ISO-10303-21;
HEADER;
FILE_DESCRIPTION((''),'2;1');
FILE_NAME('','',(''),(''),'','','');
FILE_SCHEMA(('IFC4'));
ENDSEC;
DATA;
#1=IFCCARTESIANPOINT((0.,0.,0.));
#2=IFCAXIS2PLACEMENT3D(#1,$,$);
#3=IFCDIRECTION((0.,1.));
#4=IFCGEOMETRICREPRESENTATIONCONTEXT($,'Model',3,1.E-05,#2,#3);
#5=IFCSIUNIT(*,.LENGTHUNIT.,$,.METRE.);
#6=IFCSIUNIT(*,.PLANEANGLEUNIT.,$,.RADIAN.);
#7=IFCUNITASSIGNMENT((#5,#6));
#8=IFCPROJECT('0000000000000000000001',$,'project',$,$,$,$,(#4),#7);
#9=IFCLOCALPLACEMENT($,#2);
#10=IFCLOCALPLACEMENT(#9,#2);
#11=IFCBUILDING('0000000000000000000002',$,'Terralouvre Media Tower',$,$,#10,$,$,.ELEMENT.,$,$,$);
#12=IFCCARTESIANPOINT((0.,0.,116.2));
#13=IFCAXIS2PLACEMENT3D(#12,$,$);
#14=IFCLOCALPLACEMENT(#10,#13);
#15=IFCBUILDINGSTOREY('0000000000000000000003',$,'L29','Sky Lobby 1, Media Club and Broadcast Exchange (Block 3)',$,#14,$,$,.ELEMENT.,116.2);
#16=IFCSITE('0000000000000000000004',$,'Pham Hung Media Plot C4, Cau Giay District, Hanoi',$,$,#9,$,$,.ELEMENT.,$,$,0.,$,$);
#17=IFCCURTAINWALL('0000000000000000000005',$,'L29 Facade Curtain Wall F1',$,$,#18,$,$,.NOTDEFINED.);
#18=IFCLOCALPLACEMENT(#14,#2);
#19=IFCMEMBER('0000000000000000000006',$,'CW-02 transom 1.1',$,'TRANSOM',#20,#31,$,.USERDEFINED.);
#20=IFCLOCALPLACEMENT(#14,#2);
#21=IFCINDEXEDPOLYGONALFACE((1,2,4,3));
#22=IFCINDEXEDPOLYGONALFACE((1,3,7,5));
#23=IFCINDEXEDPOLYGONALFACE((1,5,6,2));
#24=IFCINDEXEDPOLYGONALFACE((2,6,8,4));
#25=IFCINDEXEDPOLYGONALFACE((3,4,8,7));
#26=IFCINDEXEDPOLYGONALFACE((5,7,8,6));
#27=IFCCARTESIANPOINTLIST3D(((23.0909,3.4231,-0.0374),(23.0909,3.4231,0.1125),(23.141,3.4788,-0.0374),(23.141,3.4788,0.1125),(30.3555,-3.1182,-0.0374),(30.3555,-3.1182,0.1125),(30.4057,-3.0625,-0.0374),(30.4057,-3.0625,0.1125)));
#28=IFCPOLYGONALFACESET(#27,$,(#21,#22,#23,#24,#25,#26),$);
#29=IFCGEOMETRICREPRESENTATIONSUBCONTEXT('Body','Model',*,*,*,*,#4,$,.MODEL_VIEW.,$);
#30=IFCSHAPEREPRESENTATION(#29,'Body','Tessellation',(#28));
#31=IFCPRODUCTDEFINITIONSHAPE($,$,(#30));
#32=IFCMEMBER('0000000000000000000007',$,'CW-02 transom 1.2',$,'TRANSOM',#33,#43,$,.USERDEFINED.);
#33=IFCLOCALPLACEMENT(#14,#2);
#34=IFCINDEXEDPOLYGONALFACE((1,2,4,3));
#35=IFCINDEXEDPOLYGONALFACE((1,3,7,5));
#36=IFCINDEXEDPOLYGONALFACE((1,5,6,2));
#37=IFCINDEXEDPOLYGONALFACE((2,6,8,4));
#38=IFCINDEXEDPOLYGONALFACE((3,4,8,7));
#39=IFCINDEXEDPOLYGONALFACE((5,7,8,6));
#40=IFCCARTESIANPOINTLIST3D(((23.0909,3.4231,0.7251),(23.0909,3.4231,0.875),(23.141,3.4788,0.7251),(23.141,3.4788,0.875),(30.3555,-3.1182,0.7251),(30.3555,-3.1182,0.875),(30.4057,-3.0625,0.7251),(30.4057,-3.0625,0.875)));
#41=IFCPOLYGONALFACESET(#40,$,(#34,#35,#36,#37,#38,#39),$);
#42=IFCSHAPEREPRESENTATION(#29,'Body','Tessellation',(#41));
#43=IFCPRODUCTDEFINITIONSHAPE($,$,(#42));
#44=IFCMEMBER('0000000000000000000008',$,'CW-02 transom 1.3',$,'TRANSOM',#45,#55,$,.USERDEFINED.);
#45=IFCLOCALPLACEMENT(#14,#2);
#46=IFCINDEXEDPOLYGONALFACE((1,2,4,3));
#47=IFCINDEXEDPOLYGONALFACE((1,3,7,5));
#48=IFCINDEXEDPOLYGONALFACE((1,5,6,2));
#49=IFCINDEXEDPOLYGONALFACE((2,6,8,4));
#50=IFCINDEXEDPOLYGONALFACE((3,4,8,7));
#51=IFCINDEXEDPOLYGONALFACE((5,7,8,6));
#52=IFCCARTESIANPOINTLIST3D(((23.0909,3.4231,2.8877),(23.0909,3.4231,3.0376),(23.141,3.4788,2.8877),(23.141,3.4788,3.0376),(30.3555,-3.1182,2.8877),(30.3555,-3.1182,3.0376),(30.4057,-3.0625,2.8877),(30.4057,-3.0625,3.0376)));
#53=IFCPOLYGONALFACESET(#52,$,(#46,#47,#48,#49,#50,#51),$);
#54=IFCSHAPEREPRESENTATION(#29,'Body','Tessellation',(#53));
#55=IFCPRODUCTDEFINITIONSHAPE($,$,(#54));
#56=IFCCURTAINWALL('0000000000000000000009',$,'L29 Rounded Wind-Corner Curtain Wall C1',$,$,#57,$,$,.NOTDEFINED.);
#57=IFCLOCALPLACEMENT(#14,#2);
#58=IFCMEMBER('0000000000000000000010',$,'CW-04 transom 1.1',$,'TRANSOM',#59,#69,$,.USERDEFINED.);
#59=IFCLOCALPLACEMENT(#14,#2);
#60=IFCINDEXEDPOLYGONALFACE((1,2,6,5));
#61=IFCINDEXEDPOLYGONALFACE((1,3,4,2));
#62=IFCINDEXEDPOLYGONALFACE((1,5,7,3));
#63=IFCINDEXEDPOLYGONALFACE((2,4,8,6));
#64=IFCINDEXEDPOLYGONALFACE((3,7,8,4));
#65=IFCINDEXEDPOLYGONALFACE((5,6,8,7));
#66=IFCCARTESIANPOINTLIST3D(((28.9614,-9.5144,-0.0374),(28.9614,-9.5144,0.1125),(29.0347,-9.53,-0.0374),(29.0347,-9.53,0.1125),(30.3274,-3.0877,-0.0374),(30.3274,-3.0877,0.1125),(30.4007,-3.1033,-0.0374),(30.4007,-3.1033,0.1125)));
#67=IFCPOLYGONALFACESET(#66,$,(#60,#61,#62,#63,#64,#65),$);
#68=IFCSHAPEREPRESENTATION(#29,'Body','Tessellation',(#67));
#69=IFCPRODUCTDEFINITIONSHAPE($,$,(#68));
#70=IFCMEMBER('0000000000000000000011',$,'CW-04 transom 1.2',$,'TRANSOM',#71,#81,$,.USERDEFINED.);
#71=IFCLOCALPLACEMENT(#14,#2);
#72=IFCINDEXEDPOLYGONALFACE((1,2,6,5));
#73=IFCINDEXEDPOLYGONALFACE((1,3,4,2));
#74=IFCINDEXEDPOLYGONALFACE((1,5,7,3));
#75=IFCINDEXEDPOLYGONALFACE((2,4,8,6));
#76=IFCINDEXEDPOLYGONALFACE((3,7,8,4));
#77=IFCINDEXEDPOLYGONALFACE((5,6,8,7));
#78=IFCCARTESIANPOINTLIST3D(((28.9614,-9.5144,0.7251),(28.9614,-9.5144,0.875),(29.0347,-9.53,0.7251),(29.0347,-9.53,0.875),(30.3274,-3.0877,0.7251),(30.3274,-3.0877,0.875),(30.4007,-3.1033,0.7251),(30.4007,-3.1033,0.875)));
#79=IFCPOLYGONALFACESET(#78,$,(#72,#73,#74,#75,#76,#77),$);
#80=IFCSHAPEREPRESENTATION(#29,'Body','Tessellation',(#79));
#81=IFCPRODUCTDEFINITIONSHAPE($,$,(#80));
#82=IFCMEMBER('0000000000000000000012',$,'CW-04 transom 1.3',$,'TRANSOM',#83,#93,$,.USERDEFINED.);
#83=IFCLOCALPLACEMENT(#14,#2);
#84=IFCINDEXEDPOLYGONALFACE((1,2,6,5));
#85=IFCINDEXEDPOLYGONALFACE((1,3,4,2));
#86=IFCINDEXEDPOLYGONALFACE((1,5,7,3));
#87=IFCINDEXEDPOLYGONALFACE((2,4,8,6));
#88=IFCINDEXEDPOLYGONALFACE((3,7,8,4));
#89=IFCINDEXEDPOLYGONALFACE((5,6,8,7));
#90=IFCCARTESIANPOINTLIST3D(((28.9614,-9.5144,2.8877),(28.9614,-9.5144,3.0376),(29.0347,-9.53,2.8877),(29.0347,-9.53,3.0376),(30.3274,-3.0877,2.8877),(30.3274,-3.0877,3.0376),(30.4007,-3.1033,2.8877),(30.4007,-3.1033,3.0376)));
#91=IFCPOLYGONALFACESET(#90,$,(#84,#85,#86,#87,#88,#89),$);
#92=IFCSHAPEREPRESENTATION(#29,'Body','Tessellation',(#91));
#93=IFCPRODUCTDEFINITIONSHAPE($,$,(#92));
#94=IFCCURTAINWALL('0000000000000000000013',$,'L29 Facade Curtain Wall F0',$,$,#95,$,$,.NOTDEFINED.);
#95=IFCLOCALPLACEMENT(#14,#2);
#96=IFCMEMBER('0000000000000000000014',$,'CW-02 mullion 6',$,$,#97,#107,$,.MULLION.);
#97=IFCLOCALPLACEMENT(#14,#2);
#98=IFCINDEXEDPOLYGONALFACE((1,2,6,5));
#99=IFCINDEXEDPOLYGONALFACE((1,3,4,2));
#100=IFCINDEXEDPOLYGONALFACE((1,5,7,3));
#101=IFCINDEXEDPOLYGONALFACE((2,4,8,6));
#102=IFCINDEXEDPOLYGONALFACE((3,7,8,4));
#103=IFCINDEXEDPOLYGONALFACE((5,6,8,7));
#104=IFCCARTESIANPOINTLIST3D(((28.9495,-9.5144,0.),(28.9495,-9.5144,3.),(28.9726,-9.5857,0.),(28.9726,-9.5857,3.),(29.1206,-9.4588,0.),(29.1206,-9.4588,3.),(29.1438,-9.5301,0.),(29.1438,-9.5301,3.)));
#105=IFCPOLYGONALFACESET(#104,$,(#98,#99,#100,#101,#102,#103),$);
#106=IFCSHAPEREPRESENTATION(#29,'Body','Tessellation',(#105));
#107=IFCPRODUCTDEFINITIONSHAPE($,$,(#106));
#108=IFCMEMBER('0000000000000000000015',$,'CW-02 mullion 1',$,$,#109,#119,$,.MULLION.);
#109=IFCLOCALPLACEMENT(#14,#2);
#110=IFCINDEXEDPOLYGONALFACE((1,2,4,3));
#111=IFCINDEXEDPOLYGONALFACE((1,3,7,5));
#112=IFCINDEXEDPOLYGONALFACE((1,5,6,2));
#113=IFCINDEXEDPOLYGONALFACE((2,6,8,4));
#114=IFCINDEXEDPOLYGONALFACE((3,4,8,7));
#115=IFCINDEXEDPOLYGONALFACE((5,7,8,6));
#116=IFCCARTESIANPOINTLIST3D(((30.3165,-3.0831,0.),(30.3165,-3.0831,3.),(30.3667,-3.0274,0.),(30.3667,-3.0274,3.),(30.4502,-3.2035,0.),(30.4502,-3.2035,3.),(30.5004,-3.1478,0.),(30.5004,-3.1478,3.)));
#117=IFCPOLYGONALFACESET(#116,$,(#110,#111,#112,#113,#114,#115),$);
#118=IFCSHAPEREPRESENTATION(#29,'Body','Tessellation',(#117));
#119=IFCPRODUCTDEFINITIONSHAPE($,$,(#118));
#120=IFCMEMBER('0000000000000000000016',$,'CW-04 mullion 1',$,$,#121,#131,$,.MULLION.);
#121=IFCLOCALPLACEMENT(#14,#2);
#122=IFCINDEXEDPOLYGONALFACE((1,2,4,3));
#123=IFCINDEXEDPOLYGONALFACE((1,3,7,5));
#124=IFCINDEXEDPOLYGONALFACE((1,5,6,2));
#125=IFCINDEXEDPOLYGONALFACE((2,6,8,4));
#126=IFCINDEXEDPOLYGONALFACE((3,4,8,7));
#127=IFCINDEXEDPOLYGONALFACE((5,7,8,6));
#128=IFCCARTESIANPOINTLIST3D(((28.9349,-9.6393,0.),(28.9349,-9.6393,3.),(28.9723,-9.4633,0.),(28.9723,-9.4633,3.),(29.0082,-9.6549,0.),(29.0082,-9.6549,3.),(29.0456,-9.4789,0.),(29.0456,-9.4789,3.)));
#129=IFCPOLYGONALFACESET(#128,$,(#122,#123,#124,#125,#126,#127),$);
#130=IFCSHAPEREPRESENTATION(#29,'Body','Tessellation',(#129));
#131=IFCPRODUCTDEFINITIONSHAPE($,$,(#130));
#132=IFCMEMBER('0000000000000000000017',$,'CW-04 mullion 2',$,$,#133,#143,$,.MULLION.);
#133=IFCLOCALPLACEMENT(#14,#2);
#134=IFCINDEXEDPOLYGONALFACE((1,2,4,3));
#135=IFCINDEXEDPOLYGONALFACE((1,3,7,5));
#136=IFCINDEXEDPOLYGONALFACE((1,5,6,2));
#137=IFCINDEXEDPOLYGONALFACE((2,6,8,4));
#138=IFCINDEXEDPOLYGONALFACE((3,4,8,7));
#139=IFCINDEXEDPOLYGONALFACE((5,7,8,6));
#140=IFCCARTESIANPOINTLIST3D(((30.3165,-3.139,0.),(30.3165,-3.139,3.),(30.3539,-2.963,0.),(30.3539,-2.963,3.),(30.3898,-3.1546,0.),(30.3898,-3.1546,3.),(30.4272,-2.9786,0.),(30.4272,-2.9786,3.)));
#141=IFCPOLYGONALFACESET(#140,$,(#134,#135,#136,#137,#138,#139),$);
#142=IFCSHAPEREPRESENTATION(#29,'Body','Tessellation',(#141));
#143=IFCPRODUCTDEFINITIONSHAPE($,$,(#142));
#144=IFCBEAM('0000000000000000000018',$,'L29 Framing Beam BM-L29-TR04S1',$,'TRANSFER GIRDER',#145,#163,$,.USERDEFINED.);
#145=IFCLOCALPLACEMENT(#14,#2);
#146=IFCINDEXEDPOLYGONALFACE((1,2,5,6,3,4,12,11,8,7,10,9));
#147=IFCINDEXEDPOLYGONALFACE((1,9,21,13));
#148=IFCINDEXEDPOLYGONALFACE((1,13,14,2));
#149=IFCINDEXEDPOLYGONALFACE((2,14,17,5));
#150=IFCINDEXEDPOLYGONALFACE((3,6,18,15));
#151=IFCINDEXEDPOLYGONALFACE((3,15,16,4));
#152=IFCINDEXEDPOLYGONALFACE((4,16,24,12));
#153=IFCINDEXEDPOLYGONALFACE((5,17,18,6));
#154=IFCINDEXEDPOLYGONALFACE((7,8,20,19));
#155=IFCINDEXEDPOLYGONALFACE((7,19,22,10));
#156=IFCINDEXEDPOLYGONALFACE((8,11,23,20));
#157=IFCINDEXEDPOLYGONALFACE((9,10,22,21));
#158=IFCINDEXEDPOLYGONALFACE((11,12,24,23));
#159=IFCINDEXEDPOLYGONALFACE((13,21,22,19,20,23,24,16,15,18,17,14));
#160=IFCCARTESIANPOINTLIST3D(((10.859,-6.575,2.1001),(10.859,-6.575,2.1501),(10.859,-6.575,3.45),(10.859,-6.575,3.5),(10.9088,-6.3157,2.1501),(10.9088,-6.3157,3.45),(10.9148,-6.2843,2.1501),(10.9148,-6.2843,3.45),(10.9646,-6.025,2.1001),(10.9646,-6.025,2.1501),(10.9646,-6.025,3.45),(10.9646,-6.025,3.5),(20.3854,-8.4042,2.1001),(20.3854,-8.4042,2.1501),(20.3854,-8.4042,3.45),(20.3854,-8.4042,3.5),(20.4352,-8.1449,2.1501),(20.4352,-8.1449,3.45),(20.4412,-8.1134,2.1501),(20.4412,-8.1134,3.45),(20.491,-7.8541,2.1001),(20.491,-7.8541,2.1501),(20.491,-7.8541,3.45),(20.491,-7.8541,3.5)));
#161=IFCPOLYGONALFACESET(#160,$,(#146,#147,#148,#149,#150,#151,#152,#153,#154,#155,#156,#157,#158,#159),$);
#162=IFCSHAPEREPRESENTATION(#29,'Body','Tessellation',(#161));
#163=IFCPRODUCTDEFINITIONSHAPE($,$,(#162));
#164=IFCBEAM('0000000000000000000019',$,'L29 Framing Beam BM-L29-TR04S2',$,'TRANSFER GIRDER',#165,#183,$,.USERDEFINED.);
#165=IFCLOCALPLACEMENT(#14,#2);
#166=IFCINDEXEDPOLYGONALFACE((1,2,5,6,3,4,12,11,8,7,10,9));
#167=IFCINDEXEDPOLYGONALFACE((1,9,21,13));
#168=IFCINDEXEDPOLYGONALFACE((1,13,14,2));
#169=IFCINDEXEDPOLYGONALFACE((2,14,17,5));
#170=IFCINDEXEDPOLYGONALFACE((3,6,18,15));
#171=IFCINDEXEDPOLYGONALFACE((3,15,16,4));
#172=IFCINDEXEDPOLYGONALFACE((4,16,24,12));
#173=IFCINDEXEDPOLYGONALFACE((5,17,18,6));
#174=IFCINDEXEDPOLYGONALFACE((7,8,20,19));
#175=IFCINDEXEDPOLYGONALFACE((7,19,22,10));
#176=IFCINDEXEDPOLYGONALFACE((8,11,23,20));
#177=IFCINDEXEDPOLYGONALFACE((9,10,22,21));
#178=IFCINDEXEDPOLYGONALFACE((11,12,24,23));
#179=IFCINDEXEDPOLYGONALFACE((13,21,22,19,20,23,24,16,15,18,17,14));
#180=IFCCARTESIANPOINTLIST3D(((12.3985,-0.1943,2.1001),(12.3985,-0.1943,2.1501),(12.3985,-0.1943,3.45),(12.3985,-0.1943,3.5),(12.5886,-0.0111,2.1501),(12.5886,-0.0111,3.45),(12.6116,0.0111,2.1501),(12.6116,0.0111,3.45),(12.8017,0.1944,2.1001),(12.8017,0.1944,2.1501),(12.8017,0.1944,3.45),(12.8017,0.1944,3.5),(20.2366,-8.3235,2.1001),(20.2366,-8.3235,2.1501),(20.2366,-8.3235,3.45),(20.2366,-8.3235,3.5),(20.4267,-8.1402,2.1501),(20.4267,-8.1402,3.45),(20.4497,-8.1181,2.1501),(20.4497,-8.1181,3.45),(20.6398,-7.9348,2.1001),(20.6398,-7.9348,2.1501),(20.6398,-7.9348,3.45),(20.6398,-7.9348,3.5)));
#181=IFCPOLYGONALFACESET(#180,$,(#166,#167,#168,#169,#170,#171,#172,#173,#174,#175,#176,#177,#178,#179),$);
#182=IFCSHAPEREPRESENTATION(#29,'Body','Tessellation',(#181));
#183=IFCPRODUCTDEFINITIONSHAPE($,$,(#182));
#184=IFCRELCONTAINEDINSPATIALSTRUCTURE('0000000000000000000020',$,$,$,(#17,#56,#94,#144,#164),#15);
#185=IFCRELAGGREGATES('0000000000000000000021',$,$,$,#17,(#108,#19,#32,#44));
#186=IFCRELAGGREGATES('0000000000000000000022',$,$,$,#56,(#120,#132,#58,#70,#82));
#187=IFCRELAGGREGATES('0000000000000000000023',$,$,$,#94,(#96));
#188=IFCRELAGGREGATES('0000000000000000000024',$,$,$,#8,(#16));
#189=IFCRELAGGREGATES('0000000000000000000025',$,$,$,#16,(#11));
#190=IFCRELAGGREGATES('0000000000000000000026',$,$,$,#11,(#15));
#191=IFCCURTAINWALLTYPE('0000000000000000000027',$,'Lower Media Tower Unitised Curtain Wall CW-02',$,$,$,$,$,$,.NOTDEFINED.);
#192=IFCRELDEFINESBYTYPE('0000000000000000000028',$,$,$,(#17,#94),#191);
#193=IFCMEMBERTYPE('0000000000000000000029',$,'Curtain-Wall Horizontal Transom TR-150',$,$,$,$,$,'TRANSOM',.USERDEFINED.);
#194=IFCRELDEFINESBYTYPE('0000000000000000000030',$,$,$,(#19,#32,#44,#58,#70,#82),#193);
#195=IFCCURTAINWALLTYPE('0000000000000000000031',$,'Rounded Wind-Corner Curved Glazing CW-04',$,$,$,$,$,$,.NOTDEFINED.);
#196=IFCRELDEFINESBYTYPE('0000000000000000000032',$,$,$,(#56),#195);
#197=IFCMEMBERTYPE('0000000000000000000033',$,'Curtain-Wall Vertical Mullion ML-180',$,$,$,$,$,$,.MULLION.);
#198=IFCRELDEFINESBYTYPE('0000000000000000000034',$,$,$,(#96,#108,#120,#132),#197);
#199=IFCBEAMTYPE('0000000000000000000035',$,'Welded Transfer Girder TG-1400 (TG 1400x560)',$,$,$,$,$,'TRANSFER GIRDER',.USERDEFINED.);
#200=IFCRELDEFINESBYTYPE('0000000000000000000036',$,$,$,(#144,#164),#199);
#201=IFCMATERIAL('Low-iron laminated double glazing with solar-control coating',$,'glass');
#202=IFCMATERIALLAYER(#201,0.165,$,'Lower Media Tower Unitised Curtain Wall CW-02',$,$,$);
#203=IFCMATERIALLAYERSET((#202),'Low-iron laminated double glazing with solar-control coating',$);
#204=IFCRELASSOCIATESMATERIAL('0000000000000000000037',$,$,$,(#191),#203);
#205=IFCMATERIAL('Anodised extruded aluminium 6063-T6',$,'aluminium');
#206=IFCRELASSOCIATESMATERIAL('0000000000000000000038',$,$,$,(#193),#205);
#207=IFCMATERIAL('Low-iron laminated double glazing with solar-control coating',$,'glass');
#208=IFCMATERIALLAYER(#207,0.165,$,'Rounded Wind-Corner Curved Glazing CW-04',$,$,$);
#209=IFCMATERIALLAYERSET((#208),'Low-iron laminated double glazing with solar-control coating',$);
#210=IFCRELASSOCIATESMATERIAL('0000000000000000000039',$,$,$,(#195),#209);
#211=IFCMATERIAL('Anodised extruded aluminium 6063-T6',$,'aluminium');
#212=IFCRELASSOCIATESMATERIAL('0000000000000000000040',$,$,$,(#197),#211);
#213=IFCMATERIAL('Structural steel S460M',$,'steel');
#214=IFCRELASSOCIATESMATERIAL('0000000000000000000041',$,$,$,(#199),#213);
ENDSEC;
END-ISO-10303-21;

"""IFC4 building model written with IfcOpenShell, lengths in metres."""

from ifc_helpers import new_model, si_unit, direction, frame, origin, origin_2d, place, context, subcontext, project, spatial, rectangle, i_section, extrude, material, layer, layer_set, material_profile, profile_set, type_object, element, aggregate, save


model = new_model("IFC4")

# Units and contexts
model_context = context("Model", 3, precision=1e-05, world=origin(), true_north=direction((0.0, 1.0)))
body_context = subcontext(model_context, "Body", "Model", "MODEL_VIEW")
ifc_project = project(units=[si_unit("LENGTHUNIT", "METRE"), si_unit("PLANEANGLEUNIT", "RADIAN")], contexts=[model_context])

# Site, building, storey
site_placement = place(None, origin())
site = spatial("IfcSite", under=ifc_project, at=site_placement, Name="Pham Hung Media Plot C4, Cau Giay District, Hanoi", CompositionType="ELEMENT", RefElevation=0.0)
building_placement = place(site_placement, origin())
building = spatial("IfcBuilding", under=site, at=building_placement, Name="Terralouvre Media Tower", CompositionType="ELEMENT")
storey_placement = place(building_placement, frame((0.0, 0.0, 116.2)))
storey = spatial("IfcBuildingStorey", under=building, at=storey_placement, Name="L29", Description="Sky Lobby 1, Media Club and Broadcast Exchange (Block 3)", CompositionType="ELEMENT", Elevation=116.2)

# Curtain walls, members
ifc_material_1 = material(Name="Low-iron laminated double glazing with solar-control coating", Category="glass")
ifc_layer_1 = layer(ifc_material_1, 0.165, Name="Lower Media Tower Unitised Curtain Wall CW-02")
ifc_layer_set_1 = layer_set([ifc_layer_1], Name="Low-iron laminated double glazing with solar-control coating")
curtain_wall_type_1 = type_object("IfcCurtainWallType", Name="Lower Media Tower Unitised Curtain Wall CW-02", PredefinedType="NOTDEFINED", material=ifc_layer_set_1)
curtain_wall_1_placement = place(storey_placement, origin())
curtain_wall_1 = element("IfcCurtainWall", 1, at=curtain_wall_1_placement, inside=storey, type_object=curtain_wall_type_1, Name="L29 Facade Curtain Wall F1", PredefinedType="NOTDEFINED")
ifc_material_2 = material(Name="Anodised extruded aluminium 6063-T6", Category="aluminium")
ifc_material_profile_1 = material_profile(ifc_material_2, rectangle(XDim=0.075, YDim=0.1499, at=origin_2d()), Name="ALU 75x150")
ifc_profile_set_1 = profile_set([ifc_material_profile_1], Name="Anodised extruded aluminium 6063-T6")
member_type_1 = type_object("IfcMemberType", Name="Curtain-Wall Horizontal Transom TR-150", ElementType="TRANSOM", PredefinedType="USERDEFINED", material=ifc_profile_set_1)
member_1_placement = place(storey_placement, frame((30.3806, -3.0903, 0.0376), z_axis=(-0.743138, 0.669139, 0.0), x_axis=(-0.669139, -0.743138, 0.0)))
member_1 = element("IfcMember", 2, at=member_1_placement, type_object=member_type_1, Name="CW-02 transom 1.1", ObjectType="TRANSOM", PredefinedType="USERDEFINED", context=body_context, shape_type="SweptSolid", body=[
    extrude(rectangle(XDim=0.075, YDim=0.1499, at=origin_2d()), origin(), (0.0, 0.0, 1.0), 9.7756),
])
member_2_placement = place(storey_placement, frame((30.3806, -3.0903, 0.8), z_axis=(-0.743138, 0.669139, 0.0), x_axis=(-0.669139, -0.743138, 0.0)))
member_2 = element("IfcMember", 3, at=member_2_placement, type_object=member_type_1, Name="CW-02 transom 1.2", ObjectType="TRANSOM", PredefinedType="USERDEFINED", context=body_context, shape_type="SweptSolid", body=[
    extrude(rectangle(XDim=0.075, YDim=0.1499, at=origin_2d()), origin(), (0.0, 0.0, 1.0), 9.7756),
])
member_3_placement = place(storey_placement, frame((30.3806, -3.0903, 2.9626), z_axis=(-0.743138, 0.669139, 0.0), x_axis=(-0.669139, -0.743138, 0.0)))
member_3 = element("IfcMember", 4, at=member_3_placement, type_object=member_type_1, Name="CW-02 transom 1.3", ObjectType="TRANSOM", PredefinedType="USERDEFINED", context=body_context, shape_type="SweptSolid", body=[
    extrude(rectangle(XDim=0.075, YDim=0.1499, at=origin_2d()), origin(), (0.0, 0.0, 1.0), 9.7756),
])
ifc_material_3 = material(Name="Low-iron laminated double glazing with solar-control coating", Category="glass")
ifc_layer_2 = layer(ifc_material_3, 0.165, Name="Rounded Wind-Corner Curved Glazing CW-04")
ifc_layer_set_2 = layer_set([ifc_layer_2], Name="Low-iron laminated double glazing with solar-control coating")
curtain_wall_type_2 = type_object("IfcCurtainWallType", Name="Rounded Wind-Corner Curved Glazing CW-04", PredefinedType="NOTDEFINED", material=ifc_layer_set_2)
curtain_wall_2_placement = place(storey_placement, origin())
curtain_wall_2 = element("IfcCurtainWall", 5, at=curtain_wall_2_placement, inside=storey, type_object=curtain_wall_type_2, Name="L29 Rounded Wind-Corner Curtain Wall C1", PredefinedType="NOTDEFINED")
member_4_placement = place(storey_placement, frame((28.998, -9.5222, 0.0376), z_axis=(0.2079, 0.97815, 0.0), x_axis=(-0.97815, 0.2079, 0.0)))
member_4 = element("IfcMember", 6, at=member_4_placement, type_object=member_type_1, Name="CW-04 transom 1.1", ObjectType="TRANSOM", PredefinedType="USERDEFINED", context=body_context, shape_type="SweptSolid", body=[
    extrude(rectangle(XDim=0.075, YDim=0.1499, at=origin_2d()), origin(), (0.0, 0.0, 1.0), 6.5703),
])
member_5_placement = place(storey_placement, frame((28.998, -9.5222, 0.8), z_axis=(0.2079, 0.97815, 0.0), x_axis=(-0.97815, 0.2079, 0.0)))
member_5 = element("IfcMember", 7, at=member_5_placement, type_object=member_type_1, Name="CW-04 transom 1.2", ObjectType="TRANSOM", PredefinedType="USERDEFINED", context=body_context, shape_type="SweptSolid", body=[
    extrude(rectangle(XDim=0.075, YDim=0.1499, at=origin_2d()), origin(), (0.0, 0.0, 1.0), 6.5703),
])
member_6_placement = place(storey_placement, frame((28.998, -9.5222, 2.9626), z_axis=(0.2079, 0.97815, 0.0), x_axis=(-0.97815, 0.2079, 0.0)))
member_6 = element("IfcMember", 8, at=member_6_placement, type_object=member_type_1, Name="CW-04 transom 1.3", ObjectType="TRANSOM", PredefinedType="USERDEFINED", context=body_context, shape_type="SweptSolid", body=[
    extrude(rectangle(XDim=0.075, YDim=0.1499, at=origin_2d()), origin(), (0.0, 0.0, 1.0), 6.5703),
])

# Curtain wall, member
curtain_wall_3_placement = place(storey_placement, origin())
curtain_wall_3 = element("IfcCurtainWall", 9, at=curtain_wall_3_placement, inside=storey, type_object=curtain_wall_type_1, Name="L29 Facade Curtain Wall F0", PredefinedType="NOTDEFINED")
ifc_material_4 = material(Name="Anodised extruded aluminium 6063-T6", Category="aluminium")
ifc_material_profile_2 = material_profile(ifc_material_4, rectangle(XDim=0.075, YDim=0.1799, at=origin_2d()), Name="ALU 75x180")
ifc_profile_set_2 = profile_set([ifc_material_profile_2], Name="Anodised extruded aluminium 6063-T6")
member_type_2 = type_object("IfcMemberType", Name="Curtain-Wall Vertical Mullion ML-180", PredefinedType="MULLION", material=ifc_profile_set_2)
member_7_placement = place(storey_placement, frame((29.0466, -9.5222, 0.0), z_axis=(0.0, 0.0, 1.0), x_axis=(-0.309017, 0.951057, 0.0)))
member_7 = element("IfcMember", 10, at=member_7_placement, type_object=member_type_2, Name="CW-02 mullion 6", PredefinedType="MULLION", context=body_context, shape_type="SweptSolid", body=[
    extrude(rectangle(XDim=0.075, YDim=0.1799, at=origin_2d()), origin(), (0.0, 0.0, 1.0), 3.0),
])

# Members
member_8_placement = place(storey_placement, frame((30.4084, -3.1155, 0.0), z_axis=(0.0, 0.0, 1.0), x_axis=(-0.669131, -0.743145, 0.0)))
member_8 = element("IfcMember", 11, at=member_8_placement, type_object=member_type_2, Name="CW-02 mullion 1", PredefinedType="MULLION", context=body_context, shape_type="SweptSolid", body=[
    extrude(rectangle(XDim=0.075, YDim=0.1799, at=origin_2d()), origin(), (0.0, 0.0, 1.0), 3.0),
])
aggregate(curtain_wall_1, [member_8, member_1, member_2, member_3])
member_9_placement = place(storey_placement, frame((28.9902, -9.5591, 0.0), z_axis=(0.0, 0.0, 1.0), x_axis=(-0.978148, 0.207912, 0.0)))
member_9 = element("IfcMember", 12, at=member_9_placement, type_object=member_type_2, Name="CW-04 mullion 1", PredefinedType="MULLION", context=body_context, shape_type="SweptSolid", body=[
    extrude(rectangle(XDim=0.075, YDim=0.1799, at=origin_2d()), origin(), (0.0, 0.0, 1.0), 3.0),
])
member_10_placement = place(storey_placement, frame((30.3718, -3.0588, 0.0), z_axis=(0.0, 0.0, 1.0), x_axis=(-0.978148, 0.207912, 0.0)))
member_10 = element("IfcMember", 13, at=member_10_placement, type_object=member_type_2, Name="CW-04 mullion 2", PredefinedType="MULLION", context=body_context, shape_type="SweptSolid", body=[
    extrude(rectangle(XDim=0.075, YDim=0.1799, at=origin_2d()), origin(), (0.0, 0.0, 1.0), 3.0),
])

# Beams
ifc_material_5 = material(Name="Structural steel S460M", Category="steel")
ifc_material_profile_3 = material_profile(ifc_material_5, i_section(OverallWidth=0.5601, OverallDepth=1.3999, WebThickness=0.032, FlangeThickness=0.05, at=origin_2d()), Name="TG 1400x560")
ifc_profile_set_3 = profile_set([ifc_material_profile_3], Name="Structural steel S460M")
beam_type = type_object("IfcBeamType", Name="Welded Transfer Girder TG-1400 (TG 1400x560)", ElementType="TRANSFER GIRDER", PredefinedType="USERDEFINED", material=ifc_profile_set_3)
beam_1_placement = place(storey_placement, frame((20.4382, -8.1292, 2.8), z_axis=(-0.982062, 0.18856, 0.0), x_axis=(-0.18856, -0.982062, 0.0)))
element("IfcBeam", 14, at=beam_1_placement, inside=storey, type_object=beam_type, Name="L29 Framing Beam BM-L29-TR04S1", ObjectType="TRANSFER GIRDER", PredefinedType="USERDEFINED", context=body_context, shape_type="SweptSolid", body=[
    extrude(i_section(OverallWidth=0.5601, OverallDepth=1.3999, WebThickness=0.032, FlangeThickness=0.05, at=origin_2d()), origin(), (0.0, 0.0, 1.0), 9.7004),
])
beam_2_placement = place(storey_placement, frame((20.4382, -8.1292, 2.8), z_axis=(-0.694104, 0.719875, 0.0), x_axis=(-0.719875, -0.694104, 0.0)))
element("IfcBeam", 15, at=beam_2_placement, inside=storey, type_object=beam_type, Name="L29 Framing Beam BM-L29-TR04S2", ObjectType="TRANSFER GIRDER", PredefinedType="USERDEFINED", context=body_context, shape_type="SweptSolid", body=[
    extrude(i_section(OverallWidth=0.5601, OverallDepth=1.3999, WebThickness=0.032, FlangeThickness=0.05, at=origin_2d()), origin(), (0.0, 0.0, 1.0), 11.2925),
])

aggregate(curtain_wall_2, [member_9, member_10, member_4, member_5, member_6])
aggregate(curtain_wall_3, [member_7])

save(model, "model.ifc")
